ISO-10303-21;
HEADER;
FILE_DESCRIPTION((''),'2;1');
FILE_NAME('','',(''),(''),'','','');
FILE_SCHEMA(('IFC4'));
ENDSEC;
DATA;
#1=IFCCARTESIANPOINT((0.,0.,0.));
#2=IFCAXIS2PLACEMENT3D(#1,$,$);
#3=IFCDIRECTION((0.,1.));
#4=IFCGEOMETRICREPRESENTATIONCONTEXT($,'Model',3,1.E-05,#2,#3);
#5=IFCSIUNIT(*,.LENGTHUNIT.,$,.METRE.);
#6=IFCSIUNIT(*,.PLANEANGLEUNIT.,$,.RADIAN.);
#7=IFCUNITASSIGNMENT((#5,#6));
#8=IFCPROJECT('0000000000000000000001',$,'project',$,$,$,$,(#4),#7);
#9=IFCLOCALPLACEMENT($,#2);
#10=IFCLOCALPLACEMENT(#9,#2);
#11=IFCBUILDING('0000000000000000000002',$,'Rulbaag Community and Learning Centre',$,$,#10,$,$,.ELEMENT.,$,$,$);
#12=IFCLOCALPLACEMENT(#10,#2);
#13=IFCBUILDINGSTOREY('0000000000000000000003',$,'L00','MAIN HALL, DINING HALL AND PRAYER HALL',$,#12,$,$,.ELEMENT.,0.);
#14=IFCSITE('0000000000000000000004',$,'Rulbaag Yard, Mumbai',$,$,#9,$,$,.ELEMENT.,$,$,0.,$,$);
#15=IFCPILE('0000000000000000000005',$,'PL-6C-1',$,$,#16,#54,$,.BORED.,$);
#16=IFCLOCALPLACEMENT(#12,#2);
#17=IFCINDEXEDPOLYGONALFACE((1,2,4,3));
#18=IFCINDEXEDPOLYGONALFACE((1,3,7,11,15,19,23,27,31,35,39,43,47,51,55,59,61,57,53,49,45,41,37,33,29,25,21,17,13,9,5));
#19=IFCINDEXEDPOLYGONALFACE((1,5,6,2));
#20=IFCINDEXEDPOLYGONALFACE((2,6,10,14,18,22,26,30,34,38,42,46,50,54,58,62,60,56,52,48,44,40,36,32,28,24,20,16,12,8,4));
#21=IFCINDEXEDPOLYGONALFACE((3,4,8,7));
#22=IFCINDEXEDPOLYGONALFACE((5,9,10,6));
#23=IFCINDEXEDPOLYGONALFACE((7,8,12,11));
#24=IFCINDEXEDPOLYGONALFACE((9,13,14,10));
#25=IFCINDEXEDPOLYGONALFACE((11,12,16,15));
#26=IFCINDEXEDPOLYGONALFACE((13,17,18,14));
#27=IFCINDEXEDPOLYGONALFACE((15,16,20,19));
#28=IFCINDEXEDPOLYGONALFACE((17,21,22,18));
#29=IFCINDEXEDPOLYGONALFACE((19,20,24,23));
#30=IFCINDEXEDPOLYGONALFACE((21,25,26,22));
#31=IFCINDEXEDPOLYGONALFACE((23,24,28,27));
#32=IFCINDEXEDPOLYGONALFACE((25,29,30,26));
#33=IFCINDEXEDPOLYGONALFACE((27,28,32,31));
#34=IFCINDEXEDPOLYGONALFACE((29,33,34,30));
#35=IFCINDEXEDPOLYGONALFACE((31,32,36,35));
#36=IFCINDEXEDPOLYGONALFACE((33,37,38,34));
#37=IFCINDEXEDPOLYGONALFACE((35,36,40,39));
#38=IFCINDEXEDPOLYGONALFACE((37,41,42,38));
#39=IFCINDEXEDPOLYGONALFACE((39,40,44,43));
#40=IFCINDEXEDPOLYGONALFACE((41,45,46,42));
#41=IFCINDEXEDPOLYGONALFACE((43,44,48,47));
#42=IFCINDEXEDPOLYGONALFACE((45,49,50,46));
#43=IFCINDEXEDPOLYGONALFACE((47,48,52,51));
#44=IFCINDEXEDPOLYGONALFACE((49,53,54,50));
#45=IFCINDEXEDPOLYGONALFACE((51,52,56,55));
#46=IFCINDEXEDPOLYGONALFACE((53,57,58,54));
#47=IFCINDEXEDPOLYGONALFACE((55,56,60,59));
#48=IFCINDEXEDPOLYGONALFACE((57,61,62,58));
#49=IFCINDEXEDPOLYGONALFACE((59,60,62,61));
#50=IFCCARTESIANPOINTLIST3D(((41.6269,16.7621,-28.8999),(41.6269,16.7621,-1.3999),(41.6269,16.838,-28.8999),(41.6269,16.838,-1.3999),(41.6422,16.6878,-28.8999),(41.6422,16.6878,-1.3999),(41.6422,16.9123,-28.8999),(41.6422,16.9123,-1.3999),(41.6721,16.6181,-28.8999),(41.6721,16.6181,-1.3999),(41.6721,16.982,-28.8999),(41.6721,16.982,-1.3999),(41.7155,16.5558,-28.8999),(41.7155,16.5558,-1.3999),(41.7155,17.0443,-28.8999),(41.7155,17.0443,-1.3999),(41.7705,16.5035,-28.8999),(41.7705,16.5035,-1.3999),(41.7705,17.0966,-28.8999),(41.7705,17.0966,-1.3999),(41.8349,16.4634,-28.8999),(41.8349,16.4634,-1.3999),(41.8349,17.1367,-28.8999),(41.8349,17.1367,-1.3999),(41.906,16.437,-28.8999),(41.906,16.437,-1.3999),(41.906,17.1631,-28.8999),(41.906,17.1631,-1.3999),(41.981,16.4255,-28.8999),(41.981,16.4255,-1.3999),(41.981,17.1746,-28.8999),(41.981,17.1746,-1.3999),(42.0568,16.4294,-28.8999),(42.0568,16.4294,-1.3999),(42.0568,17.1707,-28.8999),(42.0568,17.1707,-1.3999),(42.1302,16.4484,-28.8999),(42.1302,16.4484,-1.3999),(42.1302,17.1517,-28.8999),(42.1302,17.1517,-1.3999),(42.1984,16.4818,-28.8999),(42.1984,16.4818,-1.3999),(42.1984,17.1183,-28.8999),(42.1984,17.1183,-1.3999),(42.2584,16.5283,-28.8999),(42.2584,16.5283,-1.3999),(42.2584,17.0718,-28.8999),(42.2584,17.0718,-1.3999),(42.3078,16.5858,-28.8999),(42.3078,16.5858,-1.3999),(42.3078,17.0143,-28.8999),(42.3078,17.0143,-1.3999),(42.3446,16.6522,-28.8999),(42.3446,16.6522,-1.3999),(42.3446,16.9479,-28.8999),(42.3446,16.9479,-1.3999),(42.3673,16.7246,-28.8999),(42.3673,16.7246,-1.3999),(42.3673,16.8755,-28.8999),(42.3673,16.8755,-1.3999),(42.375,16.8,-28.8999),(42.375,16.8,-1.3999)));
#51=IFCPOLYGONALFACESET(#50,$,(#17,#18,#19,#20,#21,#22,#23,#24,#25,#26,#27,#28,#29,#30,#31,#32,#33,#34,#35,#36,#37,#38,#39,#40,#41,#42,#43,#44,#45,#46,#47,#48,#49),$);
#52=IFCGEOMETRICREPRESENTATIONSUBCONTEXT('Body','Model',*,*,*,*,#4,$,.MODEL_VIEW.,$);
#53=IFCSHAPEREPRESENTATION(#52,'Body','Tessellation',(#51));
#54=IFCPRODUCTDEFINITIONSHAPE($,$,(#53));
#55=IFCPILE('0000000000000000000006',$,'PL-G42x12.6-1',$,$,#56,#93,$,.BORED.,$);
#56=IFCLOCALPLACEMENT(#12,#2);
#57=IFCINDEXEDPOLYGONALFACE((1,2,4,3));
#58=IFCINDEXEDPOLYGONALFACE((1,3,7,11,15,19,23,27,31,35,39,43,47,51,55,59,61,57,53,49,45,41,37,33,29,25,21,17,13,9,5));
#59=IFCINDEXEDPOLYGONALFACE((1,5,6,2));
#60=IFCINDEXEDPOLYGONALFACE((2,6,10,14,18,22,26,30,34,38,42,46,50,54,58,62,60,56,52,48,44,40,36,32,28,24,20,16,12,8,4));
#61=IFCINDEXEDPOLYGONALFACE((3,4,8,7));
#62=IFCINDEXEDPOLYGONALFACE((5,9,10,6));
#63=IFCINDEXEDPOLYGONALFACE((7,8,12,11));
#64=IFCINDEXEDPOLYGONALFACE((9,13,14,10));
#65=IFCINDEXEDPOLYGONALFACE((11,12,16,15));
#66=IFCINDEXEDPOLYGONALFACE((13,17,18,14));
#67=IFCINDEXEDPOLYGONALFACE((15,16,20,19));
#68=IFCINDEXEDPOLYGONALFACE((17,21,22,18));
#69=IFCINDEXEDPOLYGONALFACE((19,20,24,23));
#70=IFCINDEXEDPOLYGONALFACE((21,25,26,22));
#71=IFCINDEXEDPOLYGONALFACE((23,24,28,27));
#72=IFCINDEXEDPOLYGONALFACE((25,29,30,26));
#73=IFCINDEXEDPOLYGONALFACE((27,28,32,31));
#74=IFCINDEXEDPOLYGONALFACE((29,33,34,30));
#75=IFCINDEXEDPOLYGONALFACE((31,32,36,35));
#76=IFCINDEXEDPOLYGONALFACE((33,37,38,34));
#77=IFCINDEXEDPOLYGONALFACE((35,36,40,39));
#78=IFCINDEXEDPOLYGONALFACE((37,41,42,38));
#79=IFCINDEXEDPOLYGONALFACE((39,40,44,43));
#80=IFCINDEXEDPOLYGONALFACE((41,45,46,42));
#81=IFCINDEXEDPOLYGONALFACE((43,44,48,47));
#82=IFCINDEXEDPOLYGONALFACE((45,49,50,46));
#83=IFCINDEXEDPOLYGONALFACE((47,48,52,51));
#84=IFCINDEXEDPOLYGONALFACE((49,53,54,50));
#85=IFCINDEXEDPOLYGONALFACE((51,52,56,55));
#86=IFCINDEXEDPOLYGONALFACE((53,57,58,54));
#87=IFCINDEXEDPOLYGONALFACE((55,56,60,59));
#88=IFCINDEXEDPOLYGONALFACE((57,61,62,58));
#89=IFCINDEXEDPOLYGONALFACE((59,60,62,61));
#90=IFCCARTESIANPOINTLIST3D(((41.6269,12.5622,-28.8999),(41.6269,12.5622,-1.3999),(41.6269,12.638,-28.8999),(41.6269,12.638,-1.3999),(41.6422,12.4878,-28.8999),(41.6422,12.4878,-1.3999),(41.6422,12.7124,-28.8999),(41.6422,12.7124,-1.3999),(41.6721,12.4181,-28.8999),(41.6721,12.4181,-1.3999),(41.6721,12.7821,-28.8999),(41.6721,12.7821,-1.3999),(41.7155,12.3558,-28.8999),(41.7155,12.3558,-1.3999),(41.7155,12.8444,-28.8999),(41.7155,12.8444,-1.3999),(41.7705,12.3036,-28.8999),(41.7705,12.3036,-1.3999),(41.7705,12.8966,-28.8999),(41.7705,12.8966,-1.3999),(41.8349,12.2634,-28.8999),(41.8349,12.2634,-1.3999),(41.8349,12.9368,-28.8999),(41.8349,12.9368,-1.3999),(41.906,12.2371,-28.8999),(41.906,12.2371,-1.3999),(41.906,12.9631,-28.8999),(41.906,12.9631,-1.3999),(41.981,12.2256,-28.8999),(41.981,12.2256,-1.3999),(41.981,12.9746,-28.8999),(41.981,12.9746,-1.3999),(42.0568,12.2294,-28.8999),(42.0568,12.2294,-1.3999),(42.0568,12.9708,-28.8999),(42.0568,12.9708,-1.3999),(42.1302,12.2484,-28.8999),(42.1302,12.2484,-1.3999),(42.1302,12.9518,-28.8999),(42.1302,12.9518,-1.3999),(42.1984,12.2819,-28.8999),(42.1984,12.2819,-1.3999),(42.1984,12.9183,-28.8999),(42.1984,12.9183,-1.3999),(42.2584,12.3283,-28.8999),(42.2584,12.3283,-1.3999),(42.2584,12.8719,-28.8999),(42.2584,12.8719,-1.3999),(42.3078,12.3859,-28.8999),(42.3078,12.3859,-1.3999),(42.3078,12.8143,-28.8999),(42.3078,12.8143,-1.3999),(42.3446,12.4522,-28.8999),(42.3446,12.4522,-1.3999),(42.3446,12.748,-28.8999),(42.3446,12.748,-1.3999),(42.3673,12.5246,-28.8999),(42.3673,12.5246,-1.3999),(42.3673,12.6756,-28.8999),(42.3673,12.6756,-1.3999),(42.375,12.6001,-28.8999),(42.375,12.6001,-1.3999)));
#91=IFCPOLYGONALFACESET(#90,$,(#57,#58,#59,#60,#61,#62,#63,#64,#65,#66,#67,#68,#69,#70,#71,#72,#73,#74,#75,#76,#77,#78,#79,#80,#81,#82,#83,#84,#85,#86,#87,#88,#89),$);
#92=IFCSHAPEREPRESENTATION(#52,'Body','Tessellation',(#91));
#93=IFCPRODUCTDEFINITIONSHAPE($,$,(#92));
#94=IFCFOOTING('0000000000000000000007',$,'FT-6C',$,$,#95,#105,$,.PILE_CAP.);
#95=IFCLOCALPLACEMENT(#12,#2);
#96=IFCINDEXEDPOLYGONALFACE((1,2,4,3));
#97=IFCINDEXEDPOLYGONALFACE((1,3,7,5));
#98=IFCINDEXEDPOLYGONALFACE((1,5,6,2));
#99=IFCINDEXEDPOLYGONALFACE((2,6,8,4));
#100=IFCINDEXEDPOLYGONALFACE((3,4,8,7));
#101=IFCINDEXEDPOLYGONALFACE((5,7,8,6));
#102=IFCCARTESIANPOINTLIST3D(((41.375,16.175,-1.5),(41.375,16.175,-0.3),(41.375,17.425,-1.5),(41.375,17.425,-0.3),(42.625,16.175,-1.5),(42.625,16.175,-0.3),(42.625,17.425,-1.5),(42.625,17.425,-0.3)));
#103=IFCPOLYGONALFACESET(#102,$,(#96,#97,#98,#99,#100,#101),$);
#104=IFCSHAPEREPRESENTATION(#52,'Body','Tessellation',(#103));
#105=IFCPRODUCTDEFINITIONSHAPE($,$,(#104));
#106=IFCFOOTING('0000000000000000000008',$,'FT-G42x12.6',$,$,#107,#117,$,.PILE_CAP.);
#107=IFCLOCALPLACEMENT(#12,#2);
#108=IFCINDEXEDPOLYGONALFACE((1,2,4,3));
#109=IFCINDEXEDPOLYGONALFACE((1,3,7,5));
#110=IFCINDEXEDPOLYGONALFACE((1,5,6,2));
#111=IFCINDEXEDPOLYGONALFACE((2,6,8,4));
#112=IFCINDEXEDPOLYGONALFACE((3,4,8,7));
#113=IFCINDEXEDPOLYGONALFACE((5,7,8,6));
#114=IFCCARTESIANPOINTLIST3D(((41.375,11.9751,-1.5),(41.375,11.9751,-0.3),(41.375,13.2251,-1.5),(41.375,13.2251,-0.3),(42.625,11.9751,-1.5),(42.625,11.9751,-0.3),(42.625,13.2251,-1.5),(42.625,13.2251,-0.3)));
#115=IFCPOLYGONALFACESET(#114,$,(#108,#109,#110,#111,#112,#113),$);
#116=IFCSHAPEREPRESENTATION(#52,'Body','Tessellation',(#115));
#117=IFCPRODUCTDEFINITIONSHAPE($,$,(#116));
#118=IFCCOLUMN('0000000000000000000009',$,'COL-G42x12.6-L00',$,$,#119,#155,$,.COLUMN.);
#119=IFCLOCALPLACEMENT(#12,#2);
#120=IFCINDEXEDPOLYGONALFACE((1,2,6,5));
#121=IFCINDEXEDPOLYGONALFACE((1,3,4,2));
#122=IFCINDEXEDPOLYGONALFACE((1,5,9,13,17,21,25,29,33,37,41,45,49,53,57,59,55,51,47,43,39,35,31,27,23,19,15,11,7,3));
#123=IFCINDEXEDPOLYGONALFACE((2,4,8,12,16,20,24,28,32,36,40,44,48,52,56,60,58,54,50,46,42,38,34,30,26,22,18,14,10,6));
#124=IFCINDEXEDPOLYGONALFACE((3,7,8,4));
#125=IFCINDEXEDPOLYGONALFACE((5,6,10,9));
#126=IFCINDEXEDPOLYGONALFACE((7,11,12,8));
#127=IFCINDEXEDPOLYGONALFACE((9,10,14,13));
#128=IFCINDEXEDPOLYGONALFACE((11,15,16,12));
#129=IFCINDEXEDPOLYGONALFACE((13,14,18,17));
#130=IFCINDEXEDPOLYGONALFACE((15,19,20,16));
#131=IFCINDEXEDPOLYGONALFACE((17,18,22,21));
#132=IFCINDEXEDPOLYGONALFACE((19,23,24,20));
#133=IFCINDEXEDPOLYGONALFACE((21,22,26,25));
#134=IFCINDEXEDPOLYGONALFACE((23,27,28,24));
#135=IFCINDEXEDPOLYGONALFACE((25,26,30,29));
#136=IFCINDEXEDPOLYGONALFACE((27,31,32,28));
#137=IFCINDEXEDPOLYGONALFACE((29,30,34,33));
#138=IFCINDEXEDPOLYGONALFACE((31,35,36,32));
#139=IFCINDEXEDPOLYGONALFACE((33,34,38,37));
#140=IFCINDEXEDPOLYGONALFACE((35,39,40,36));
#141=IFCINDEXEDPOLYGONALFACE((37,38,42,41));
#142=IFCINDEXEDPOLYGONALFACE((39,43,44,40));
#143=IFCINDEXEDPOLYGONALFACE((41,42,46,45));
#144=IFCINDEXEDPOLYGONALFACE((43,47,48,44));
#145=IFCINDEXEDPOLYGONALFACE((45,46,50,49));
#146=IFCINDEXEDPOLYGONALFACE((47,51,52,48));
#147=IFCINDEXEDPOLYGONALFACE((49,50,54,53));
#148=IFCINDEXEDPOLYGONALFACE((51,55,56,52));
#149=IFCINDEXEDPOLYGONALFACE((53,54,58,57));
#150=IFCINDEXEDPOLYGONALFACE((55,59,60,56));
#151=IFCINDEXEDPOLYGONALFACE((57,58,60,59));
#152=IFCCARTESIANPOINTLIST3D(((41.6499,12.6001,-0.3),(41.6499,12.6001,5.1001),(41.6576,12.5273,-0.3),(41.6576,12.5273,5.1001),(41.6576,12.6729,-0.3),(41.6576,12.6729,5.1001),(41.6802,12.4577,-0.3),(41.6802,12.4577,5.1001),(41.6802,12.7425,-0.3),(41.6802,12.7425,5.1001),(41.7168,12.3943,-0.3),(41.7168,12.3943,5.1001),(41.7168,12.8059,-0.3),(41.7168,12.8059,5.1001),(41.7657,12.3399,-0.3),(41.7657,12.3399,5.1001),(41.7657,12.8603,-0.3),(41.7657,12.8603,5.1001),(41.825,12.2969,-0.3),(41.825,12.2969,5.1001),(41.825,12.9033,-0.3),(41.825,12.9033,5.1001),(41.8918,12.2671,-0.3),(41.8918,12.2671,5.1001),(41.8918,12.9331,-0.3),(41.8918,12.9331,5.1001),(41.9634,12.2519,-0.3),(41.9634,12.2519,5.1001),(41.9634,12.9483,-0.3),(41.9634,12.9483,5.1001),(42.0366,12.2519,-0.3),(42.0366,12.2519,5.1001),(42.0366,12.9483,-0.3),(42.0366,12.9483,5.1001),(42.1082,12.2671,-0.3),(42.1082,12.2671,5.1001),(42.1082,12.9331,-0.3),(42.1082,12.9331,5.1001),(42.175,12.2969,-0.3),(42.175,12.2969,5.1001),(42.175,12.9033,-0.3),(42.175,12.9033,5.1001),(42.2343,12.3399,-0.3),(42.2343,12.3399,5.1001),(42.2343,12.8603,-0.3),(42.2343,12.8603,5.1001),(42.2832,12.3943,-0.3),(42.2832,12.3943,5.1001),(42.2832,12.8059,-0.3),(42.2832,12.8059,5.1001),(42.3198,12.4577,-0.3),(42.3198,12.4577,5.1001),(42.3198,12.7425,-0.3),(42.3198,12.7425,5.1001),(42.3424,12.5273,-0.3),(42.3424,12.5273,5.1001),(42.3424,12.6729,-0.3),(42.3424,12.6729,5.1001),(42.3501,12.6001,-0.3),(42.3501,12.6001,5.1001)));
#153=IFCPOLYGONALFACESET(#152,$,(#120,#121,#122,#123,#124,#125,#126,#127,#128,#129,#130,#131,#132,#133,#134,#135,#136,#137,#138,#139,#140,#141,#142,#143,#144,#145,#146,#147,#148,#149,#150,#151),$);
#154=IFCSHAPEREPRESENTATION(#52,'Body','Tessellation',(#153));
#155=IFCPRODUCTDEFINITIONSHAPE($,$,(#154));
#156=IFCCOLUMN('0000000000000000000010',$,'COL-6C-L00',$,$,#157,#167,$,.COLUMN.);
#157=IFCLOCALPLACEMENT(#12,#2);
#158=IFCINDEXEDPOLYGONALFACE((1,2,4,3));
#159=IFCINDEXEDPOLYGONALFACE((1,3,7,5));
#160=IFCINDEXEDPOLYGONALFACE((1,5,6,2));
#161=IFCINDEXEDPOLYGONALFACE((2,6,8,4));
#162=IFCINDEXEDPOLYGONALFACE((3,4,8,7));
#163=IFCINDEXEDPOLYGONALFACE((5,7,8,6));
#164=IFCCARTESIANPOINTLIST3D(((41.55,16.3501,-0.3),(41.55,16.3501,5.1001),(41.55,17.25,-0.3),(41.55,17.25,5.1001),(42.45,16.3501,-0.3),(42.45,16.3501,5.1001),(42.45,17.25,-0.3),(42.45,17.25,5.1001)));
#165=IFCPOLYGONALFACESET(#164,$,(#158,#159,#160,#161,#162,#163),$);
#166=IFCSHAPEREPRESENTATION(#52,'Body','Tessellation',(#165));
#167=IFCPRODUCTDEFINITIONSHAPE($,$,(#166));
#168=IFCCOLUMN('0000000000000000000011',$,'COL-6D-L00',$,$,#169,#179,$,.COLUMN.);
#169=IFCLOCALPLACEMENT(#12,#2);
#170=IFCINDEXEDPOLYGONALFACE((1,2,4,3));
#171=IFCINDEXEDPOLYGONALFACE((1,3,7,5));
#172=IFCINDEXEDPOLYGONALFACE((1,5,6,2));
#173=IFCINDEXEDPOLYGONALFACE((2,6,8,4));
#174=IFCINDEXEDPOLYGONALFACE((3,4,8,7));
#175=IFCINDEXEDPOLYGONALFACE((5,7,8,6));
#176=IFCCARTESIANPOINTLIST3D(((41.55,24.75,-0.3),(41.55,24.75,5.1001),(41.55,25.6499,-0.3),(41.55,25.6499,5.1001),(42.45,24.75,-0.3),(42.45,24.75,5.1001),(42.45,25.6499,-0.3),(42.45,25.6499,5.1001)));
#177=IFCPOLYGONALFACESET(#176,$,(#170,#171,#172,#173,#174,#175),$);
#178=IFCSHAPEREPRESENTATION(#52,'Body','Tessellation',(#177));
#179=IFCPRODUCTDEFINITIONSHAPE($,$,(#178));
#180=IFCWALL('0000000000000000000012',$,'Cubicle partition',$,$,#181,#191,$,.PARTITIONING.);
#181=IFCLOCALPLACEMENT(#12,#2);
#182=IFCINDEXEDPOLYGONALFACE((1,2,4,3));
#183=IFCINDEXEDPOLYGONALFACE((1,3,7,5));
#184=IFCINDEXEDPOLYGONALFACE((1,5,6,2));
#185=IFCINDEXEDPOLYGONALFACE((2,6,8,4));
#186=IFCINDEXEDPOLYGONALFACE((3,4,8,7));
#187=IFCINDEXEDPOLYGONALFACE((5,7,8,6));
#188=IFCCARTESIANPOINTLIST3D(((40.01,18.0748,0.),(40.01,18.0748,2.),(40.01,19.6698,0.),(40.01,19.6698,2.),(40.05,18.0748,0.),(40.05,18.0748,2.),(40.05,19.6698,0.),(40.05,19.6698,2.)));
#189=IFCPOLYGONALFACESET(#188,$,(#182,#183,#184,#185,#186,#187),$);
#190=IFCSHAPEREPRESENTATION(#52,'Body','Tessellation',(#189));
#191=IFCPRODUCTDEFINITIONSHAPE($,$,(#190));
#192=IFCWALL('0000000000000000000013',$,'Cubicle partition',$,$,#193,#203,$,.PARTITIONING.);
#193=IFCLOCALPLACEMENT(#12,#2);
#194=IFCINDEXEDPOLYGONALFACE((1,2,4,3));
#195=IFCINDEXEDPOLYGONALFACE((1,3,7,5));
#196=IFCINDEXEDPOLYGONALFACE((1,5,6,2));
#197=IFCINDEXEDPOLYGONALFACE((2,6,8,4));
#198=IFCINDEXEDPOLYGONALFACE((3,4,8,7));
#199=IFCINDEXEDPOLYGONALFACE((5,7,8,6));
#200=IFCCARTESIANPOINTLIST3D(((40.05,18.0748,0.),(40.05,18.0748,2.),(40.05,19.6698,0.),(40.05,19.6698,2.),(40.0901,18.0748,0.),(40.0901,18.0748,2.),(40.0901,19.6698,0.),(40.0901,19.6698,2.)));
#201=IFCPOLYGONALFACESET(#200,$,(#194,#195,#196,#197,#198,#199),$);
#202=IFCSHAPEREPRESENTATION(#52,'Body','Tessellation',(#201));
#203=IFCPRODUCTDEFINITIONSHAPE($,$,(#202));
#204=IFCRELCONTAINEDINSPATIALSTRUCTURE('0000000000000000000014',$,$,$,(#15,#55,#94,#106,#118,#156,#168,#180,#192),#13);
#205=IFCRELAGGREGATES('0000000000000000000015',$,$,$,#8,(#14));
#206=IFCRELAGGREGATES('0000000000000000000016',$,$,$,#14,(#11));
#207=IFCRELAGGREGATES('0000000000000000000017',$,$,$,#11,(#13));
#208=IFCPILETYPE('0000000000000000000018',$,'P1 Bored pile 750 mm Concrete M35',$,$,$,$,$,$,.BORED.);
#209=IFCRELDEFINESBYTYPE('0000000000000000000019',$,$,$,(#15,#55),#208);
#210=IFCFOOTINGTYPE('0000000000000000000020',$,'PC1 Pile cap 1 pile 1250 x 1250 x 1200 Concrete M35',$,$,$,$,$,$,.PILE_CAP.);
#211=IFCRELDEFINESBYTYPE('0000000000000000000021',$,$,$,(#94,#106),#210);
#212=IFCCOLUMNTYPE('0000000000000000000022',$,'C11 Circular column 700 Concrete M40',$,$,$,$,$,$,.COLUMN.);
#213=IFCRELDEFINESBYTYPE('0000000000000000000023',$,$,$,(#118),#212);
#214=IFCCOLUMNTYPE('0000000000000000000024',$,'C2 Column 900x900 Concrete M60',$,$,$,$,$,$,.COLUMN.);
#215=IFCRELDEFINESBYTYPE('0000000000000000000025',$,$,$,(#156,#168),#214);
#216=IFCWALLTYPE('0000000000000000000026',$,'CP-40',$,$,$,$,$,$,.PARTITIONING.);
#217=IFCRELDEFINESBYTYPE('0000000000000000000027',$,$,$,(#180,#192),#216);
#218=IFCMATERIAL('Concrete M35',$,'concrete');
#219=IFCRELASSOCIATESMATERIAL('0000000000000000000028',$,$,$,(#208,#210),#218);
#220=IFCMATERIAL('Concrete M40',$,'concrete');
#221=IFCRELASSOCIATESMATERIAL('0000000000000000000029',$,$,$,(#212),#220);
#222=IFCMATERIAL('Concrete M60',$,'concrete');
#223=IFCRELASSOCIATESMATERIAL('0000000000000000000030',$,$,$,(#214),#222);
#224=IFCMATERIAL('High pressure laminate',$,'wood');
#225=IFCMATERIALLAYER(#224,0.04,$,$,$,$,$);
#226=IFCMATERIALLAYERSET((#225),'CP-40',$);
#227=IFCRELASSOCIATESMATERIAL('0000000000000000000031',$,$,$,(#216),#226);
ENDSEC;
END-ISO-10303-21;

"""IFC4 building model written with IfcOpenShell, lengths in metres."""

from ifc_helpers import new_model, si_unit, direction, frame, frame_2d, origin, origin_2d, place, context, subcontext, project, spatial, rectangle, circle, extrude, material, layer, layer_set, material_profile, profile_set, type_object, element, save


model = new_model("IFC4")

# Units and contexts
model_context = context("Model", 3, precision=1e-05, world=origin(), true_north=direction((0.0, 1.0)))
body_context = subcontext(model_context, "Body", "Model", "MODEL_VIEW")
ifc_project = project(units=[si_unit("LENGTHUNIT", "METRE"), si_unit("PLANEANGLEUNIT", "RADIAN")], contexts=[model_context])

# Site, building, storey
site_placement = place(None, origin())
site = spatial("IfcSite", under=ifc_project, at=site_placement, Name="Rulbaag Yard, Mumbai", CompositionType="ELEMENT", RefElevation=0.0)
building_placement = place(site_placement, origin())
building = spatial("IfcBuilding", under=site, at=building_placement, Name="Rulbaag Community and Learning Centre", CompositionType="ELEMENT")
storey_placement = place(building_placement, origin())
storey = spatial("IfcBuildingStorey", under=building, at=storey_placement, Name="L00", Description="MAIN HALL, DINING HALL AND PRAYER HALL", CompositionType="ELEMENT", Elevation=0.0)

# Piles
ifc_material_1 = material(Name="Concrete M35", Category="concrete")
ifc_material_profile_1 = material_profile(ifc_material_1, circle(Radius=0.375, at=origin_2d()), Name="BP750")
ifc_profile_set_1 = profile_set([ifc_material_profile_1], Name="Concrete M35")
pile_type = type_object("IfcPileType", Name="P1 Bored pile 750 mm Concrete M35", PredefinedType="BORED", material=ifc_profile_set_1)
for number, where, z_axis, x_axis, name in (
    (1, (42.0, 16.8, -1.3999), (0.0, 0.0, -1.0), (1.0, 0.0, 0.0), "PL-6C-1"),
    (2, (42.0, 12.6001, -1.3999), (0.0, 0.0, -1.0), (1.0, 0.0, 0.0), "PL-G42x12.6-1"),
):
    element("IfcPile", number, at=place(storey_placement, frame(where, z_axis=z_axis, x_axis=x_axis)), inside=storey, type_object=pile_type, Name=name, PredefinedType="BORED", context=body_context, shape_type="SweptSolid", body=[
        extrude(circle(Radius=0.375, at=origin_2d()), origin(), (0.0, 0.0, 1.0), 27.5),
    ])

# Footings
footing_type = type_object("IfcFootingType", Name="PC1 Pile cap 1 pile 1250 x 1250 x 1200 Concrete M35", PredefinedType="PILE_CAP", material=ifc_material_1)
for number, where, z_axis, x_axis, name in (
    (3, (42.0, 16.8, -1.5), (0.0, 0.0, 1.0), (1.0, 0.0, 0.0), "FT-6C"),
    (4, (42.0, 12.6001, -1.5), (0.0, 0.0, 1.0), (1.0, 0.0, 0.0), "FT-G42x12.6"),
):
    element("IfcFooting", number, at=place(storey_placement, frame(where, z_axis=z_axis, x_axis=x_axis)), inside=storey, type_object=footing_type, Name=name, PredefinedType="PILE_CAP", context=body_context, shape_type="SweptSolid", body=[
        extrude(rectangle(XDim=1.25, YDim=1.25, at=origin_2d()), origin(), (0.0, 0.0, 1.0), 1.2),
    ])

# Columns
ifc_material_2 = material(Name="Concrete M40", Category="concrete")
ifc_material_profile_2 = material_profile(ifc_material_2, circle(Radius=0.3501, at=origin_2d()), Name="RD700")
ifc_profile_set_2 = profile_set([ifc_material_profile_2], Name="Concrete M40")
column_type_1 = type_object("IfcColumnType", Name="C11 Circular column 700 Concrete M40", PredefinedType="COLUMN", material=ifc_profile_set_2)
column_placement = place(storey_placement, frame((42.0, 12.6001, -0.3), z_axis=(0.0, 0.0, 1.0), x_axis=(1.0, 0.0, 0.0)))
element("IfcColumn", 5, at=column_placement, inside=storey, type_object=column_type_1, Name="COL-G42x12.6-L00", PredefinedType="COLUMN", context=body_context, shape_type="SweptSolid", body=[
    extrude(circle(Radius=0.3501, at=origin_2d()), origin(), (0.0, 0.0, 1.0), 5.4001),
])
ifc_material_3 = material(Name="Concrete M60", Category="concrete")
ifc_material_profile_3 = material_profile(ifc_material_3, rectangle(XDim=0.8999, YDim=0.8999, at=origin_2d()), Name="RC900x900")
ifc_profile_set_3 = profile_set([ifc_material_profile_3], Name="Concrete M60")
column_type_2 = type_object("IfcColumnType", Name="C2 Column 900x900 Concrete M60", PredefinedType="COLUMN", material=ifc_profile_set_3)
for number, where, z_axis, x_axis, name in (
    (6, (42.0, 16.8, -0.3), (0.0, 0.0, 1.0), (1.0, 0.0, 0.0), "COL-6C-L00"),
    (7, (42.0, 25.2, -0.3), (0.0, 0.0, 1.0), (1.0, 0.0, 0.0), "COL-6D-L00"),
):
    element("IfcColumn", number, at=place(storey_placement, frame(where, z_axis=z_axis, x_axis=x_axis)), inside=storey, type_object=column_type_2, Name=name, PredefinedType="COLUMN", context=body_context, shape_type="SweptSolid", body=[
        extrude(rectangle(XDim=0.8999, YDim=0.8999, at=origin_2d()), origin(), (0.0, 0.0, 1.0), 5.4001),
    ])

# Walls
ifc_material_4 = material(Name="High pressure laminate", Category="wood")
ifc_layer_1 = layer(ifc_material_4, 0.04)
ifc_layer_set_1 = layer_set([ifc_layer_1], Name="CP-40")
wall_type_1 = type_object("IfcWallType", Name="CP-40", PredefinedType="PARTITIONING", material=ifc_layer_set_1)
for number, where, z_axis, x_axis, name in (
    (8, (40.03, 18.075, 0.0), (0.0, 0.0, 1.0), (0.0, 1.0, 0.0), "Cubicle partition"),
    (9, (40.0701, 18.075, 0.0), (0.0, 0.0, 1.0), (0.0, 1.0, 0.0), "Cubicle partition"),
):
    element("IfcWall", number, at=place(storey_placement, frame(where, z_axis=z_axis, x_axis=x_axis)), inside=storey, type_object=wall_type_1, Name=name, PredefinedType="PARTITIONING", context=body_context, shape_type="SweptSolid", body=[
        extrude(rectangle(XDim=1.595, YDim=0.04, at=frame_2d((0.7974, 0.0))), origin(), (0.0, 0.0, 1.0), 2.0),
    ])

save(model, "model.ifc")
